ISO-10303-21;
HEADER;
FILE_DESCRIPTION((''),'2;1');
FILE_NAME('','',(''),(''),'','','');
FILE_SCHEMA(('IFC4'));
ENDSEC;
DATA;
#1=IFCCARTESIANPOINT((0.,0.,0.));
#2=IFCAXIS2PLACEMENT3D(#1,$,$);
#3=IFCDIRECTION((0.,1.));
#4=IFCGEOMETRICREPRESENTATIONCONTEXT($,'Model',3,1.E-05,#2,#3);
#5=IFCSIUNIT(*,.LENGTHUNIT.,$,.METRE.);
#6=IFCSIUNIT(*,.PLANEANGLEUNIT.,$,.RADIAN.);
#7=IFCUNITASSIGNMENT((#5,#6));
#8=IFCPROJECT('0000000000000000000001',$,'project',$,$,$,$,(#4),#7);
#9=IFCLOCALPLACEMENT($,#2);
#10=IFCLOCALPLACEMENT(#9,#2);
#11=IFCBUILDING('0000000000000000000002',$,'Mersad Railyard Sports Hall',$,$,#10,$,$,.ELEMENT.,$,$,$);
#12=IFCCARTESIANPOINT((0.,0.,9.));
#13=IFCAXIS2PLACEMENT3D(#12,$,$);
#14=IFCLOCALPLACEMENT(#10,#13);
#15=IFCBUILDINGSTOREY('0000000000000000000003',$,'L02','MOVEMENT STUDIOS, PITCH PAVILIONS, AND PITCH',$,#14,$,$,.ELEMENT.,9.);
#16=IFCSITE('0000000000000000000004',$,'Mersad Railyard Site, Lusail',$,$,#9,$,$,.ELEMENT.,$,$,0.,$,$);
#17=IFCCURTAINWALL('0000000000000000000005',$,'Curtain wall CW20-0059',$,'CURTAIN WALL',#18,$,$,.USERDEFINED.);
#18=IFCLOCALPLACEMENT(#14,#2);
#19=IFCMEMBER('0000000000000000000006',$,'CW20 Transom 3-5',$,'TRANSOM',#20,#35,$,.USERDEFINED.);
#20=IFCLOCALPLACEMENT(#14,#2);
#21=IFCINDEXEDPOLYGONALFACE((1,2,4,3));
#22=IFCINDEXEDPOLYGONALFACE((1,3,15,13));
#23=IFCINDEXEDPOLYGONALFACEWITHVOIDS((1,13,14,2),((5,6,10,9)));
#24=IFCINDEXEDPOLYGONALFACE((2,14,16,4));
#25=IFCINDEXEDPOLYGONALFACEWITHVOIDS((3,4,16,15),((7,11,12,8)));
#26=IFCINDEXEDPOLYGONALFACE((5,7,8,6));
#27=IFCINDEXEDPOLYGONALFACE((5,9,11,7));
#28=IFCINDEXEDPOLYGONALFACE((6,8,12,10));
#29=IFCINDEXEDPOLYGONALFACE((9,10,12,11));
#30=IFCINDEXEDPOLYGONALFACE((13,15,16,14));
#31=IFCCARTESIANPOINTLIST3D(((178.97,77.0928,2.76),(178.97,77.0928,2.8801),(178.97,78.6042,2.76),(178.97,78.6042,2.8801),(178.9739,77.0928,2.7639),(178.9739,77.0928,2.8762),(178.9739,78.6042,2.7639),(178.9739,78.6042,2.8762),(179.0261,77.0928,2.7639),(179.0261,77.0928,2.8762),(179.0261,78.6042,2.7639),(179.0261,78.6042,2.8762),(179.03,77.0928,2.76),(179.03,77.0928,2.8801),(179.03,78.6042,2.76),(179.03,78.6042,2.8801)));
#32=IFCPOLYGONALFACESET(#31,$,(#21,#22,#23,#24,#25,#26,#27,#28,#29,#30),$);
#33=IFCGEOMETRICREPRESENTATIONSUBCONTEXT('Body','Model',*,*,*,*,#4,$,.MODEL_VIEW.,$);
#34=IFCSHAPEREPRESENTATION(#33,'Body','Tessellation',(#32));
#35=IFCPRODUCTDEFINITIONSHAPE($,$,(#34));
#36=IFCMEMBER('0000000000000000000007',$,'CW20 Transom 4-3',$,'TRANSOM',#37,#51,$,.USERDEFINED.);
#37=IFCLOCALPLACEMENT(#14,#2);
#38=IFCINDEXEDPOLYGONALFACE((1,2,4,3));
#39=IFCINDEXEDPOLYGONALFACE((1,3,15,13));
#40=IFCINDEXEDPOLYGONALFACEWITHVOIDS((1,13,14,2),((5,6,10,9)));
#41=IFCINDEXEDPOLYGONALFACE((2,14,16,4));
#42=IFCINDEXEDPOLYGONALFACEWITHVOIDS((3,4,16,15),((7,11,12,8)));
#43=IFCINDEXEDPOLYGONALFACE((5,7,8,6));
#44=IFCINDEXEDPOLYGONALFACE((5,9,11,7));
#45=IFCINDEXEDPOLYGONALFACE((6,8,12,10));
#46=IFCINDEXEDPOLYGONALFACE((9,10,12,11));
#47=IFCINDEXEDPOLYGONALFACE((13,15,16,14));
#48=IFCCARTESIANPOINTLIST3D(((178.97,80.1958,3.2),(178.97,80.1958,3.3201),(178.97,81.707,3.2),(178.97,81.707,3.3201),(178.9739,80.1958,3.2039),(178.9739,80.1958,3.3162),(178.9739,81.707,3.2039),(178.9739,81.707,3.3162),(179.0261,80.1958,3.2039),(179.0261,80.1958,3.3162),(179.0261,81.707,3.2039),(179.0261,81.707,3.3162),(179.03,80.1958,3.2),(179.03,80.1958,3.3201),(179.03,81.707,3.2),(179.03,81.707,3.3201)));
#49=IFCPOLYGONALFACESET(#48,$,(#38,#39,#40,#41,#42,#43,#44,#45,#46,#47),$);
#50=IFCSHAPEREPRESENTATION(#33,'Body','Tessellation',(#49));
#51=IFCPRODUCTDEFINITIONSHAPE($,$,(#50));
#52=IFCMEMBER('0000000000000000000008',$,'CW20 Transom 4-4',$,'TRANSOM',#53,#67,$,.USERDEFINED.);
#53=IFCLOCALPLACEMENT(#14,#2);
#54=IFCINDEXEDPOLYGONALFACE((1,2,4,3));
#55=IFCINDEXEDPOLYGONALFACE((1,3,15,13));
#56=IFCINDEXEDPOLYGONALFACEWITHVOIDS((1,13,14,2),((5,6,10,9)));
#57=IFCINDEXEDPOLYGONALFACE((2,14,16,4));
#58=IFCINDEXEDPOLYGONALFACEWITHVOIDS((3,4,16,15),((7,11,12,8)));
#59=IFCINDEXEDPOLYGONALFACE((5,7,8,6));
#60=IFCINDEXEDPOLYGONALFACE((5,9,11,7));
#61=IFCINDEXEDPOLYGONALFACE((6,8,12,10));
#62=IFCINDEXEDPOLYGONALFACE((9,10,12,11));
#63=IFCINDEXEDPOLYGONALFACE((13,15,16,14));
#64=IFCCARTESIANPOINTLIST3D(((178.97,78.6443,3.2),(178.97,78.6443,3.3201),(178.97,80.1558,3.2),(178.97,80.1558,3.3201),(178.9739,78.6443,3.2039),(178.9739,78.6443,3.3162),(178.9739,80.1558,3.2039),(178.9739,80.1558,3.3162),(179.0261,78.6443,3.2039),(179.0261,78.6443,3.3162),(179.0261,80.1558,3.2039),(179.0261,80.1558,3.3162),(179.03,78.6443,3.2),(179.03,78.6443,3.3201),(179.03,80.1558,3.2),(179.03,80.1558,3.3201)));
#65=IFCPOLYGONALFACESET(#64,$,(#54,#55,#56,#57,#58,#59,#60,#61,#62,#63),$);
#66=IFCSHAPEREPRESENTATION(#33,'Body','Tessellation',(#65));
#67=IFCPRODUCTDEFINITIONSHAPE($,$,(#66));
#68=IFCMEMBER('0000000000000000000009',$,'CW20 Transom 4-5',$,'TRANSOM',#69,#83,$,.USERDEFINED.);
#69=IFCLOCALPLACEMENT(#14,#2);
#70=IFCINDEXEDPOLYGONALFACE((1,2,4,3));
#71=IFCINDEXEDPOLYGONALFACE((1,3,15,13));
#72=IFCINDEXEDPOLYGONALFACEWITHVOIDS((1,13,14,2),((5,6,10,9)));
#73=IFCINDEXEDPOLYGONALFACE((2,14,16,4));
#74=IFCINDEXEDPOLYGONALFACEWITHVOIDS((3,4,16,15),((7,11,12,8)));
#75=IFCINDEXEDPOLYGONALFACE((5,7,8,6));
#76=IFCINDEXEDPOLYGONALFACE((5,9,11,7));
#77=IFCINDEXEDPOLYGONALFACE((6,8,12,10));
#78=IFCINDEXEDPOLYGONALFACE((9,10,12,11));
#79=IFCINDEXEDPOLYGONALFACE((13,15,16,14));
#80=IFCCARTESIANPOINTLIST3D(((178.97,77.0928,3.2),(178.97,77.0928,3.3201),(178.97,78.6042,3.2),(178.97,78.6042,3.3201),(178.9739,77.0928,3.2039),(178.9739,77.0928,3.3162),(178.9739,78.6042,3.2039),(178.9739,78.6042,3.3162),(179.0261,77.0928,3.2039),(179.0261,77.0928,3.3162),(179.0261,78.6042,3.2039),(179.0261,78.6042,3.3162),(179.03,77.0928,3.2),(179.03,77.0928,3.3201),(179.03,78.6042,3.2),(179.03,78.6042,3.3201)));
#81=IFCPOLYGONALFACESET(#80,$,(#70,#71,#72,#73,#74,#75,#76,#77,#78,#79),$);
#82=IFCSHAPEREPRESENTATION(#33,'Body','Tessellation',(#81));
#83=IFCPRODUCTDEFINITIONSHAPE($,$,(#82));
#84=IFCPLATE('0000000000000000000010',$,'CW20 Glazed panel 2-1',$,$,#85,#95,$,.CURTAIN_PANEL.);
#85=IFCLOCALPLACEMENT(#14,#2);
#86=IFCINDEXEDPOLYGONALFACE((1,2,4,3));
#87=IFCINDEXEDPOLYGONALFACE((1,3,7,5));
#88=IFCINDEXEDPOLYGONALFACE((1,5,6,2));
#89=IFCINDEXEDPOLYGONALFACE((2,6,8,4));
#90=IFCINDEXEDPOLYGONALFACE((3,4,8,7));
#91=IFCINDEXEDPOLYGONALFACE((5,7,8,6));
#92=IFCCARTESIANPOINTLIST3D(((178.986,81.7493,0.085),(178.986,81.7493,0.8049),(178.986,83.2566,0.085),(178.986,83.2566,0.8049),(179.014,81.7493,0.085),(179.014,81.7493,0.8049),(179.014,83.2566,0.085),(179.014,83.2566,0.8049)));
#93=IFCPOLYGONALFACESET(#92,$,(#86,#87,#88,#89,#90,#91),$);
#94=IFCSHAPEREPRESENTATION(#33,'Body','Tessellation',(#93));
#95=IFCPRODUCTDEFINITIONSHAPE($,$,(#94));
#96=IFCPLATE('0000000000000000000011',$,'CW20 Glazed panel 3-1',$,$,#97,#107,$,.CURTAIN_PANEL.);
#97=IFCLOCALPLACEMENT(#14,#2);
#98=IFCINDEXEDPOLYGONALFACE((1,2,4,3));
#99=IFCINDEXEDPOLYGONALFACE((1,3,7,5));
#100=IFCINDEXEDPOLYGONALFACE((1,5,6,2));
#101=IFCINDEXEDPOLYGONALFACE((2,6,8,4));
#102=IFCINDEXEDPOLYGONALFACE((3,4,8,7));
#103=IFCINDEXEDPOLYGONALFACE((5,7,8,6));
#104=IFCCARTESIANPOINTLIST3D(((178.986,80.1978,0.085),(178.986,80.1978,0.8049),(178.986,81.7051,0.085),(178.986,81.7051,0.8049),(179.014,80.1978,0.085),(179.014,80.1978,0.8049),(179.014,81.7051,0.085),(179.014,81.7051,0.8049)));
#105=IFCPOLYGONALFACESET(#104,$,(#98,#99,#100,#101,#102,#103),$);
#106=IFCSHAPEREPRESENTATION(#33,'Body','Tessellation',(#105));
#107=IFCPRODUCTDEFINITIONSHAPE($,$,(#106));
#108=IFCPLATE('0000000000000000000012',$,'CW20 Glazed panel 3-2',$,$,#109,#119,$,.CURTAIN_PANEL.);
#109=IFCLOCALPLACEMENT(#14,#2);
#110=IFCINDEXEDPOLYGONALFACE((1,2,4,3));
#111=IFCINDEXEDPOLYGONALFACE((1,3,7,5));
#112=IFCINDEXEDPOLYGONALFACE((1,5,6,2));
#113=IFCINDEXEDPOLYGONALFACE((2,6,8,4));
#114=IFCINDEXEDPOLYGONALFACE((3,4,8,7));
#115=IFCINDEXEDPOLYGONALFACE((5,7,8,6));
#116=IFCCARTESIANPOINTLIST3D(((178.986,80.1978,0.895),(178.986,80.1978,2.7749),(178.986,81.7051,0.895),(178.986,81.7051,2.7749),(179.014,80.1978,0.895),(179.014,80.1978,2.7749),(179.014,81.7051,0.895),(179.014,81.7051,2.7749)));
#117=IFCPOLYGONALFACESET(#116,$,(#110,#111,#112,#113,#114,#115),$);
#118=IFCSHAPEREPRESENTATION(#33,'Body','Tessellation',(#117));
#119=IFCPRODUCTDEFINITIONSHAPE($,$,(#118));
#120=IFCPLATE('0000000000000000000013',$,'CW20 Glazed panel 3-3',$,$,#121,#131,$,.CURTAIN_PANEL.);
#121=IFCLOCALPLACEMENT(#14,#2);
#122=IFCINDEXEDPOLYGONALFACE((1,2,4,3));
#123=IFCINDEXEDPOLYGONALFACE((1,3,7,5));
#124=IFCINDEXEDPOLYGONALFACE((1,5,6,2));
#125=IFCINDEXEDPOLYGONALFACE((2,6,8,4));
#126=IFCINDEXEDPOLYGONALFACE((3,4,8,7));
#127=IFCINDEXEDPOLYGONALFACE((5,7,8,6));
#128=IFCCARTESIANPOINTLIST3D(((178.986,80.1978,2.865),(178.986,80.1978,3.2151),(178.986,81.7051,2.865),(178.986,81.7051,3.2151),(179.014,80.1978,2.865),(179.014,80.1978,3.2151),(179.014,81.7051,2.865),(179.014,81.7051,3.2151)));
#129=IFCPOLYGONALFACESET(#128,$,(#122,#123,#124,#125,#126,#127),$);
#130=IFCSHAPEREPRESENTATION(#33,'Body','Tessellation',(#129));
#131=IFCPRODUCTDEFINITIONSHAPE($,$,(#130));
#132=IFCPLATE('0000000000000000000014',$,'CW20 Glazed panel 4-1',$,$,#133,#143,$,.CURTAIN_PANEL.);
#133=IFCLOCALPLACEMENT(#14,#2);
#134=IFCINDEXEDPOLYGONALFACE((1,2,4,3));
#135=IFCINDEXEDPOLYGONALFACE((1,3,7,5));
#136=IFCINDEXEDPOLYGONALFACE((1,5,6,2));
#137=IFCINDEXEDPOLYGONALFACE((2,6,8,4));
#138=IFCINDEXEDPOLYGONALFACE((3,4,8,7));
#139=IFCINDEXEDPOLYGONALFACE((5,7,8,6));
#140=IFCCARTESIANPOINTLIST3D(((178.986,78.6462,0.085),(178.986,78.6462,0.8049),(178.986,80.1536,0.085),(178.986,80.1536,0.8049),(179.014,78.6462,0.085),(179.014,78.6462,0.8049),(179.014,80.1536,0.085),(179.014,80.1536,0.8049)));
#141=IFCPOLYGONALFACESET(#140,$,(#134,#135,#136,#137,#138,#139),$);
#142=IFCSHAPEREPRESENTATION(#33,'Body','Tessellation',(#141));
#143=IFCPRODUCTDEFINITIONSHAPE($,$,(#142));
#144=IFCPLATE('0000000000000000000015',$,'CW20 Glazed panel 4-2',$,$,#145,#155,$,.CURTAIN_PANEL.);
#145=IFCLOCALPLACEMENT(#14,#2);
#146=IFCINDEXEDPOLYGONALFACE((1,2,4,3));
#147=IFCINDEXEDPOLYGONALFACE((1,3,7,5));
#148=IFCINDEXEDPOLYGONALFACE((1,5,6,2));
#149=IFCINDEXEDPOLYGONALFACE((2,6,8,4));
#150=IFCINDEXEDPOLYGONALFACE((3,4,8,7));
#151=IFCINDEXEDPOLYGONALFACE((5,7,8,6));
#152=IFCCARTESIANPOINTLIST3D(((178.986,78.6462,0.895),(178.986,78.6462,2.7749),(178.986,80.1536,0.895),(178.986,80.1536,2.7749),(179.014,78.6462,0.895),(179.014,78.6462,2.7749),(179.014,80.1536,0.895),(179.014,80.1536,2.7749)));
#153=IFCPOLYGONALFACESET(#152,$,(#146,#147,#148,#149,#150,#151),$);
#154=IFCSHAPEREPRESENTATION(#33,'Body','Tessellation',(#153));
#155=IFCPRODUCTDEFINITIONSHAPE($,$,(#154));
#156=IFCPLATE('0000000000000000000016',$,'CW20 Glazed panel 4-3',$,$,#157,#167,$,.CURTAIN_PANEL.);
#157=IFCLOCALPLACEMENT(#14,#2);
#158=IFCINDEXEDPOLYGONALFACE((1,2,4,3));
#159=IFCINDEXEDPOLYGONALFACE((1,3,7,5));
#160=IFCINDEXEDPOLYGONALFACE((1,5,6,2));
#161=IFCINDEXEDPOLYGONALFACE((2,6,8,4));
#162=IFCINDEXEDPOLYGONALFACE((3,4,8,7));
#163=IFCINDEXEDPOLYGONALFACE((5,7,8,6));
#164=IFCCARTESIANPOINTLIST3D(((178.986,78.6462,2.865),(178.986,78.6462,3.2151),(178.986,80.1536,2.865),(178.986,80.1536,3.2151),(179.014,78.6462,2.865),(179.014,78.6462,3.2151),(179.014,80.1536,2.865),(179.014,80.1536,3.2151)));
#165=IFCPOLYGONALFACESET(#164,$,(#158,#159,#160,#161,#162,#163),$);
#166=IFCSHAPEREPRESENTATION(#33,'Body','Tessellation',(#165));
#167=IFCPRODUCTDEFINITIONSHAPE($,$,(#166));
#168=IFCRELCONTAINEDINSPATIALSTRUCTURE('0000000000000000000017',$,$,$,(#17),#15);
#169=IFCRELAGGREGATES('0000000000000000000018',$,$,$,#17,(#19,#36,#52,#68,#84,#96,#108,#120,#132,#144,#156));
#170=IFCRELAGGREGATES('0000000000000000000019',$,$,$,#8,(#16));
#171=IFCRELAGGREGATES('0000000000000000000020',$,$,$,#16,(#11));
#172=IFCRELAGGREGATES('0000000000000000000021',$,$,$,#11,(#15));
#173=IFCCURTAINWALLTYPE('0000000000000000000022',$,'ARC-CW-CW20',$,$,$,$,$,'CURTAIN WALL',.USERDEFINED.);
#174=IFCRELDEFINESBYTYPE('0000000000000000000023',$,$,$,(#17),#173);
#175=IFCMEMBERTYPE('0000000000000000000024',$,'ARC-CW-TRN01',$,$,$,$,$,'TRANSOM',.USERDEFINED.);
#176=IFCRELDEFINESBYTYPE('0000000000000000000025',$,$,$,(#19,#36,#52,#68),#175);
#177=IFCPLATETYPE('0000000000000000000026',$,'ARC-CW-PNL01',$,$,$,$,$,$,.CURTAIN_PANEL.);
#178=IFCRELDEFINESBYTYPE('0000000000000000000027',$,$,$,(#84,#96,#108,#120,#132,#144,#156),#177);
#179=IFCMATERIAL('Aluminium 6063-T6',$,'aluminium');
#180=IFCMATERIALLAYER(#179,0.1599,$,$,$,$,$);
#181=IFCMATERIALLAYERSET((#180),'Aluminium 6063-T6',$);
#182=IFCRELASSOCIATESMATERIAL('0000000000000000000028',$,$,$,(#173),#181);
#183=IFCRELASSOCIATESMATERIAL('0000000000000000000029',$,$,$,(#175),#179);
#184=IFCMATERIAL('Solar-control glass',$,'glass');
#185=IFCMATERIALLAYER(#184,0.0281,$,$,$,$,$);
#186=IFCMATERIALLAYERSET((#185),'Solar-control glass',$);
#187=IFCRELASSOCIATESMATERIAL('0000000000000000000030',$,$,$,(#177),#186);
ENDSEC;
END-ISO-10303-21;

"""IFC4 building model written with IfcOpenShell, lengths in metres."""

from ifc_helpers import new_model, si_unit, direction, frame, origin, origin_2d, place, context, subcontext, project, spatial, rectangle, hollow_rectangle, extrude, material, layer, layer_set, material_profile, profile_set, type_object, element, aggregate, save


model = new_model("IFC4")

# Units and contexts
model_context = context("Model", 3, precision=1e-05, world=origin(), true_north=direction((0.0, 1.0)))
body_context = subcontext(model_context, "Body", "Model", "MODEL_VIEW")
ifc_project = project(units=[si_unit("LENGTHUNIT", "METRE"), si_unit("PLANEANGLEUNIT", "RADIAN")], contexts=[model_context])

# Site, building, storey
site_placement = place(None, origin())
site = spatial("IfcSite", under=ifc_project, at=site_placement, Name="Mersad Railyard Site, Lusail", CompositionType="ELEMENT", RefElevation=0.0)
building_placement = place(site_placement, origin())
building = spatial("IfcBuilding", under=site, at=building_placement, Name="Mersad Railyard Sports Hall", CompositionType="ELEMENT")
storey_placement = place(building_placement, frame((0.0, 0.0, 9.0)))
storey = spatial("IfcBuildingStorey", under=building, at=storey_placement, Name="L02", Description="MOVEMENT STUDIOS, PITCH PAVILIONS, AND PITCH", CompositionType="ELEMENT", Elevation=9.0)

# Curtain wall, members, plates
ifc_material_1 = material(Name="Aluminium 6063-T6", Category="aluminium")
ifc_layer_1 = layer(ifc_material_1, 0.1599)
ifc_layer_set_1 = layer_set([ifc_layer_1], Name="Aluminium 6063-T6")
curtain_wall_type = type_object("IfcCurtainWallType", Name="ARC-CW-CW20", ElementType="CURTAIN WALL", PredefinedType="USERDEFINED", material=ifc_layer_set_1)
curtain_wall_placement = place(storey_placement, origin())
curtain_wall = element("IfcCurtainWall", 1, at=curtain_wall_placement, inside=storey, type_object=curtain_wall_type, Name="Curtain wall CW20-0059", ObjectType="CURTAIN WALL", PredefinedType="USERDEFINED")
ifc_material_profile_1 = material_profile(ifc_material_1, hollow_rectangle(XDim=0.0601, YDim=0.1201, WallThickness=0.0039, at=origin_2d()), Name="AL TRANSOM 60x120x4")
ifc_profile_set_1 = profile_set([ifc_material_profile_1], Name="Aluminium 6063-T6")
member_type_1 = type_object("IfcMemberType", Name="ARC-CW-TRN01", ElementType="TRANSOM", PredefinedType="USERDEFINED", material=ifc_profile_set_1)
member_1_placement = place(storey_placement, frame((179.0, 78.6042, 2.8201), z_axis=(0.0, -1.0, 0.0), x_axis=(1.0, 0.0, 0.0)))
member_1 = element("IfcMember", 2, at=member_1_placement, type_object=member_type_1, Name="CW20 Transom 3-5", ObjectType="TRANSOM", PredefinedType="USERDEFINED", context=body_context, shape_type="SweptSolid", body=[
    extrude(hollow_rectangle(XDim=0.0601, YDim=0.1201, WallThickness=0.0039, at=origin_2d()), origin(), (0.0, 0.0, 1.0), 1.5115),
])
member_2_placement = place(storey_placement, frame((179.0, 81.707, 3.26), z_axis=(0.0, -1.0, 0.0), x_axis=(1.0, 0.0, 0.0)))
member_2 = element("IfcMember", 3, at=member_2_placement, type_object=member_type_1, Name="CW20 Transom 4-3", ObjectType="TRANSOM", PredefinedType="USERDEFINED", context=body_context, shape_type="SweptSolid", body=[
    extrude(hollow_rectangle(XDim=0.0601, YDim=0.1201, WallThickness=0.0039, at=origin_2d()), origin(), (0.0, 0.0, 1.0), 1.5112),
])
member_3_placement = place(storey_placement, frame((179.0, 80.1558, 3.26), z_axis=(0.0, -1.0, 0.0), x_axis=(1.0, 0.0, 0.0)))
member_3 = element("IfcMember", 4, at=member_3_placement, type_object=member_type_1, Name="CW20 Transom 4-4", ObjectType="TRANSOM", PredefinedType="USERDEFINED", context=body_context, shape_type="SweptSolid", body=[
    extrude(hollow_rectangle(XDim=0.0601, YDim=0.1201, WallThickness=0.0039, at=origin_2d()), origin(), (0.0, 0.0, 1.0), 1.5115),
])
member_4_placement = place(storey_placement, frame((179.0, 78.6042, 3.26), z_axis=(0.0, -1.0, 0.0), x_axis=(1.0, 0.0, 0.0)))
member_4 = element("IfcMember", 5, at=member_4_placement, type_object=member_type_1, Name="CW20 Transom 4-5", ObjectType="TRANSOM", PredefinedType="USERDEFINED", context=body_context, shape_type="SweptSolid", body=[
    extrude(hollow_rectangle(XDim=0.0601, YDim=0.1201, WallThickness=0.0039, at=origin_2d()), origin(), (0.0, 0.0, 1.0), 1.5115),
])
ifc_material_2 = material(Name="Solar-control glass", Category="glass")
ifc_layer_2 = layer(ifc_material_2, 0.0281)
ifc_layer_set_2 = layer_set([ifc_layer_2], Name="Solar-control glass")
plate_type = type_object("IfcPlateType", Name="ARC-CW-PNL01", PredefinedType="CURTAIN_PANEL", material=ifc_layer_set_2)
plate_1_placement = place(storey_placement, frame((179.0, 82.5029, 0.085), z_axis=(0.0, 0.0, 1.0), x_axis=(0.0, -1.0, 0.0)))
plate_1 = element("IfcPlate", 6, at=plate_1_placement, type_object=plate_type, Name="CW20 Glazed panel 2-1", PredefinedType="CURTAIN_PANEL", context=body_context, shape_type="SweptSolid", body=[
    extrude(rectangle(XDim=1.5073, YDim=0.0281, at=origin_2d()), origin(), (0.0, 0.0, 1.0), 0.72),
])
plate_2_placement = place(storey_placement, frame((179.0, 80.9514, 0.085), z_axis=(0.0, 0.0, 1.0), x_axis=(0.0, -1.0, 0.0)))
plate_2 = element("IfcPlate", 7, at=plate_2_placement, type_object=plate_type, Name="CW20 Glazed panel 3-1", PredefinedType="CURTAIN_PANEL", context=body_context, shape_type="SweptSolid", body=[
    extrude(rectangle(XDim=1.5073, YDim=0.0281, at=origin_2d()), origin(), (0.0, 0.0, 1.0), 0.72),
])
plate_3_placement = place(storey_placement, frame((179.0, 80.9514, 0.895), z_axis=(0.0, 0.0, 1.0), x_axis=(0.0, -1.0, 0.0)))
plate_3 = element("IfcPlate", 8, at=plate_3_placement, type_object=plate_type, Name="CW20 Glazed panel 3-2", PredefinedType="CURTAIN_PANEL", context=body_context, shape_type="SweptSolid", body=[
    extrude(rectangle(XDim=1.5073, YDim=0.0281, at=origin_2d()), origin(), (0.0, 0.0, 1.0), 1.8799),
])
plate_4_placement = place(storey_placement, frame((179.0, 80.9514, 2.865), z_axis=(0.0, 0.0, 1.0), x_axis=(0.0, -1.0, 0.0)))
plate_4 = element("IfcPlate", 9, at=plate_4_placement, type_object=plate_type, Name="CW20 Glazed panel 3-3", PredefinedType="CURTAIN_PANEL", context=body_context, shape_type="SweptSolid", body=[
    extrude(rectangle(XDim=1.5073, YDim=0.0281, at=origin_2d()), origin(), (0.0, 0.0, 1.0), 0.3501),
])
plate_5_placement = place(storey_placement, frame((179.0, 79.3999, 0.085), z_axis=(0.0, 0.0, 1.0), x_axis=(0.0, -1.0, 0.0)))
plate_5 = element("IfcPlate", 10, at=plate_5_placement, type_object=plate_type, Name="CW20 Glazed panel 4-1", PredefinedType="CURTAIN_PANEL", context=body_context, shape_type="SweptSolid", body=[
    extrude(rectangle(XDim=1.5073, YDim=0.0281, at=origin_2d()), origin(), (0.0, 0.0, 1.0), 0.72),
])
plate_6_placement = place(storey_placement, frame((179.0, 79.3999, 0.895), z_axis=(0.0, 0.0, 1.0), x_axis=(0.0, -1.0, 0.0)))
plate_6 = element("IfcPlate", 11, at=plate_6_placement, type_object=plate_type, Name="CW20 Glazed panel 4-2", PredefinedType="CURTAIN_PANEL", context=body_context, shape_type="SweptSolid", body=[
    extrude(rectangle(XDim=1.5073, YDim=0.0281, at=origin_2d()), origin(), (0.0, 0.0, 1.0), 1.8799),
])
plate_7_placement = place(storey_placement, frame((179.0, 79.3999, 2.865), z_axis=(0.0, 0.0, 1.0), x_axis=(0.0, -1.0, 0.0)))
plate_7 = element("IfcPlate", 12, at=plate_7_placement, type_object=plate_type, Name="CW20 Glazed panel 4-3", PredefinedType="CURTAIN_PANEL", context=body_context, shape_type="SweptSolid", body=[
    extrude(rectangle(XDim=1.5073, YDim=0.0281, at=origin_2d()), origin(), (0.0, 0.0, 1.0), 0.3501),
])
aggregate(curtain_wall, [member_1, member_2, member_3, member_4, plate_1, plate_2, plate_3, plate_4, plate_5, plate_6, plate_7])

save(model, "model.ifc")
